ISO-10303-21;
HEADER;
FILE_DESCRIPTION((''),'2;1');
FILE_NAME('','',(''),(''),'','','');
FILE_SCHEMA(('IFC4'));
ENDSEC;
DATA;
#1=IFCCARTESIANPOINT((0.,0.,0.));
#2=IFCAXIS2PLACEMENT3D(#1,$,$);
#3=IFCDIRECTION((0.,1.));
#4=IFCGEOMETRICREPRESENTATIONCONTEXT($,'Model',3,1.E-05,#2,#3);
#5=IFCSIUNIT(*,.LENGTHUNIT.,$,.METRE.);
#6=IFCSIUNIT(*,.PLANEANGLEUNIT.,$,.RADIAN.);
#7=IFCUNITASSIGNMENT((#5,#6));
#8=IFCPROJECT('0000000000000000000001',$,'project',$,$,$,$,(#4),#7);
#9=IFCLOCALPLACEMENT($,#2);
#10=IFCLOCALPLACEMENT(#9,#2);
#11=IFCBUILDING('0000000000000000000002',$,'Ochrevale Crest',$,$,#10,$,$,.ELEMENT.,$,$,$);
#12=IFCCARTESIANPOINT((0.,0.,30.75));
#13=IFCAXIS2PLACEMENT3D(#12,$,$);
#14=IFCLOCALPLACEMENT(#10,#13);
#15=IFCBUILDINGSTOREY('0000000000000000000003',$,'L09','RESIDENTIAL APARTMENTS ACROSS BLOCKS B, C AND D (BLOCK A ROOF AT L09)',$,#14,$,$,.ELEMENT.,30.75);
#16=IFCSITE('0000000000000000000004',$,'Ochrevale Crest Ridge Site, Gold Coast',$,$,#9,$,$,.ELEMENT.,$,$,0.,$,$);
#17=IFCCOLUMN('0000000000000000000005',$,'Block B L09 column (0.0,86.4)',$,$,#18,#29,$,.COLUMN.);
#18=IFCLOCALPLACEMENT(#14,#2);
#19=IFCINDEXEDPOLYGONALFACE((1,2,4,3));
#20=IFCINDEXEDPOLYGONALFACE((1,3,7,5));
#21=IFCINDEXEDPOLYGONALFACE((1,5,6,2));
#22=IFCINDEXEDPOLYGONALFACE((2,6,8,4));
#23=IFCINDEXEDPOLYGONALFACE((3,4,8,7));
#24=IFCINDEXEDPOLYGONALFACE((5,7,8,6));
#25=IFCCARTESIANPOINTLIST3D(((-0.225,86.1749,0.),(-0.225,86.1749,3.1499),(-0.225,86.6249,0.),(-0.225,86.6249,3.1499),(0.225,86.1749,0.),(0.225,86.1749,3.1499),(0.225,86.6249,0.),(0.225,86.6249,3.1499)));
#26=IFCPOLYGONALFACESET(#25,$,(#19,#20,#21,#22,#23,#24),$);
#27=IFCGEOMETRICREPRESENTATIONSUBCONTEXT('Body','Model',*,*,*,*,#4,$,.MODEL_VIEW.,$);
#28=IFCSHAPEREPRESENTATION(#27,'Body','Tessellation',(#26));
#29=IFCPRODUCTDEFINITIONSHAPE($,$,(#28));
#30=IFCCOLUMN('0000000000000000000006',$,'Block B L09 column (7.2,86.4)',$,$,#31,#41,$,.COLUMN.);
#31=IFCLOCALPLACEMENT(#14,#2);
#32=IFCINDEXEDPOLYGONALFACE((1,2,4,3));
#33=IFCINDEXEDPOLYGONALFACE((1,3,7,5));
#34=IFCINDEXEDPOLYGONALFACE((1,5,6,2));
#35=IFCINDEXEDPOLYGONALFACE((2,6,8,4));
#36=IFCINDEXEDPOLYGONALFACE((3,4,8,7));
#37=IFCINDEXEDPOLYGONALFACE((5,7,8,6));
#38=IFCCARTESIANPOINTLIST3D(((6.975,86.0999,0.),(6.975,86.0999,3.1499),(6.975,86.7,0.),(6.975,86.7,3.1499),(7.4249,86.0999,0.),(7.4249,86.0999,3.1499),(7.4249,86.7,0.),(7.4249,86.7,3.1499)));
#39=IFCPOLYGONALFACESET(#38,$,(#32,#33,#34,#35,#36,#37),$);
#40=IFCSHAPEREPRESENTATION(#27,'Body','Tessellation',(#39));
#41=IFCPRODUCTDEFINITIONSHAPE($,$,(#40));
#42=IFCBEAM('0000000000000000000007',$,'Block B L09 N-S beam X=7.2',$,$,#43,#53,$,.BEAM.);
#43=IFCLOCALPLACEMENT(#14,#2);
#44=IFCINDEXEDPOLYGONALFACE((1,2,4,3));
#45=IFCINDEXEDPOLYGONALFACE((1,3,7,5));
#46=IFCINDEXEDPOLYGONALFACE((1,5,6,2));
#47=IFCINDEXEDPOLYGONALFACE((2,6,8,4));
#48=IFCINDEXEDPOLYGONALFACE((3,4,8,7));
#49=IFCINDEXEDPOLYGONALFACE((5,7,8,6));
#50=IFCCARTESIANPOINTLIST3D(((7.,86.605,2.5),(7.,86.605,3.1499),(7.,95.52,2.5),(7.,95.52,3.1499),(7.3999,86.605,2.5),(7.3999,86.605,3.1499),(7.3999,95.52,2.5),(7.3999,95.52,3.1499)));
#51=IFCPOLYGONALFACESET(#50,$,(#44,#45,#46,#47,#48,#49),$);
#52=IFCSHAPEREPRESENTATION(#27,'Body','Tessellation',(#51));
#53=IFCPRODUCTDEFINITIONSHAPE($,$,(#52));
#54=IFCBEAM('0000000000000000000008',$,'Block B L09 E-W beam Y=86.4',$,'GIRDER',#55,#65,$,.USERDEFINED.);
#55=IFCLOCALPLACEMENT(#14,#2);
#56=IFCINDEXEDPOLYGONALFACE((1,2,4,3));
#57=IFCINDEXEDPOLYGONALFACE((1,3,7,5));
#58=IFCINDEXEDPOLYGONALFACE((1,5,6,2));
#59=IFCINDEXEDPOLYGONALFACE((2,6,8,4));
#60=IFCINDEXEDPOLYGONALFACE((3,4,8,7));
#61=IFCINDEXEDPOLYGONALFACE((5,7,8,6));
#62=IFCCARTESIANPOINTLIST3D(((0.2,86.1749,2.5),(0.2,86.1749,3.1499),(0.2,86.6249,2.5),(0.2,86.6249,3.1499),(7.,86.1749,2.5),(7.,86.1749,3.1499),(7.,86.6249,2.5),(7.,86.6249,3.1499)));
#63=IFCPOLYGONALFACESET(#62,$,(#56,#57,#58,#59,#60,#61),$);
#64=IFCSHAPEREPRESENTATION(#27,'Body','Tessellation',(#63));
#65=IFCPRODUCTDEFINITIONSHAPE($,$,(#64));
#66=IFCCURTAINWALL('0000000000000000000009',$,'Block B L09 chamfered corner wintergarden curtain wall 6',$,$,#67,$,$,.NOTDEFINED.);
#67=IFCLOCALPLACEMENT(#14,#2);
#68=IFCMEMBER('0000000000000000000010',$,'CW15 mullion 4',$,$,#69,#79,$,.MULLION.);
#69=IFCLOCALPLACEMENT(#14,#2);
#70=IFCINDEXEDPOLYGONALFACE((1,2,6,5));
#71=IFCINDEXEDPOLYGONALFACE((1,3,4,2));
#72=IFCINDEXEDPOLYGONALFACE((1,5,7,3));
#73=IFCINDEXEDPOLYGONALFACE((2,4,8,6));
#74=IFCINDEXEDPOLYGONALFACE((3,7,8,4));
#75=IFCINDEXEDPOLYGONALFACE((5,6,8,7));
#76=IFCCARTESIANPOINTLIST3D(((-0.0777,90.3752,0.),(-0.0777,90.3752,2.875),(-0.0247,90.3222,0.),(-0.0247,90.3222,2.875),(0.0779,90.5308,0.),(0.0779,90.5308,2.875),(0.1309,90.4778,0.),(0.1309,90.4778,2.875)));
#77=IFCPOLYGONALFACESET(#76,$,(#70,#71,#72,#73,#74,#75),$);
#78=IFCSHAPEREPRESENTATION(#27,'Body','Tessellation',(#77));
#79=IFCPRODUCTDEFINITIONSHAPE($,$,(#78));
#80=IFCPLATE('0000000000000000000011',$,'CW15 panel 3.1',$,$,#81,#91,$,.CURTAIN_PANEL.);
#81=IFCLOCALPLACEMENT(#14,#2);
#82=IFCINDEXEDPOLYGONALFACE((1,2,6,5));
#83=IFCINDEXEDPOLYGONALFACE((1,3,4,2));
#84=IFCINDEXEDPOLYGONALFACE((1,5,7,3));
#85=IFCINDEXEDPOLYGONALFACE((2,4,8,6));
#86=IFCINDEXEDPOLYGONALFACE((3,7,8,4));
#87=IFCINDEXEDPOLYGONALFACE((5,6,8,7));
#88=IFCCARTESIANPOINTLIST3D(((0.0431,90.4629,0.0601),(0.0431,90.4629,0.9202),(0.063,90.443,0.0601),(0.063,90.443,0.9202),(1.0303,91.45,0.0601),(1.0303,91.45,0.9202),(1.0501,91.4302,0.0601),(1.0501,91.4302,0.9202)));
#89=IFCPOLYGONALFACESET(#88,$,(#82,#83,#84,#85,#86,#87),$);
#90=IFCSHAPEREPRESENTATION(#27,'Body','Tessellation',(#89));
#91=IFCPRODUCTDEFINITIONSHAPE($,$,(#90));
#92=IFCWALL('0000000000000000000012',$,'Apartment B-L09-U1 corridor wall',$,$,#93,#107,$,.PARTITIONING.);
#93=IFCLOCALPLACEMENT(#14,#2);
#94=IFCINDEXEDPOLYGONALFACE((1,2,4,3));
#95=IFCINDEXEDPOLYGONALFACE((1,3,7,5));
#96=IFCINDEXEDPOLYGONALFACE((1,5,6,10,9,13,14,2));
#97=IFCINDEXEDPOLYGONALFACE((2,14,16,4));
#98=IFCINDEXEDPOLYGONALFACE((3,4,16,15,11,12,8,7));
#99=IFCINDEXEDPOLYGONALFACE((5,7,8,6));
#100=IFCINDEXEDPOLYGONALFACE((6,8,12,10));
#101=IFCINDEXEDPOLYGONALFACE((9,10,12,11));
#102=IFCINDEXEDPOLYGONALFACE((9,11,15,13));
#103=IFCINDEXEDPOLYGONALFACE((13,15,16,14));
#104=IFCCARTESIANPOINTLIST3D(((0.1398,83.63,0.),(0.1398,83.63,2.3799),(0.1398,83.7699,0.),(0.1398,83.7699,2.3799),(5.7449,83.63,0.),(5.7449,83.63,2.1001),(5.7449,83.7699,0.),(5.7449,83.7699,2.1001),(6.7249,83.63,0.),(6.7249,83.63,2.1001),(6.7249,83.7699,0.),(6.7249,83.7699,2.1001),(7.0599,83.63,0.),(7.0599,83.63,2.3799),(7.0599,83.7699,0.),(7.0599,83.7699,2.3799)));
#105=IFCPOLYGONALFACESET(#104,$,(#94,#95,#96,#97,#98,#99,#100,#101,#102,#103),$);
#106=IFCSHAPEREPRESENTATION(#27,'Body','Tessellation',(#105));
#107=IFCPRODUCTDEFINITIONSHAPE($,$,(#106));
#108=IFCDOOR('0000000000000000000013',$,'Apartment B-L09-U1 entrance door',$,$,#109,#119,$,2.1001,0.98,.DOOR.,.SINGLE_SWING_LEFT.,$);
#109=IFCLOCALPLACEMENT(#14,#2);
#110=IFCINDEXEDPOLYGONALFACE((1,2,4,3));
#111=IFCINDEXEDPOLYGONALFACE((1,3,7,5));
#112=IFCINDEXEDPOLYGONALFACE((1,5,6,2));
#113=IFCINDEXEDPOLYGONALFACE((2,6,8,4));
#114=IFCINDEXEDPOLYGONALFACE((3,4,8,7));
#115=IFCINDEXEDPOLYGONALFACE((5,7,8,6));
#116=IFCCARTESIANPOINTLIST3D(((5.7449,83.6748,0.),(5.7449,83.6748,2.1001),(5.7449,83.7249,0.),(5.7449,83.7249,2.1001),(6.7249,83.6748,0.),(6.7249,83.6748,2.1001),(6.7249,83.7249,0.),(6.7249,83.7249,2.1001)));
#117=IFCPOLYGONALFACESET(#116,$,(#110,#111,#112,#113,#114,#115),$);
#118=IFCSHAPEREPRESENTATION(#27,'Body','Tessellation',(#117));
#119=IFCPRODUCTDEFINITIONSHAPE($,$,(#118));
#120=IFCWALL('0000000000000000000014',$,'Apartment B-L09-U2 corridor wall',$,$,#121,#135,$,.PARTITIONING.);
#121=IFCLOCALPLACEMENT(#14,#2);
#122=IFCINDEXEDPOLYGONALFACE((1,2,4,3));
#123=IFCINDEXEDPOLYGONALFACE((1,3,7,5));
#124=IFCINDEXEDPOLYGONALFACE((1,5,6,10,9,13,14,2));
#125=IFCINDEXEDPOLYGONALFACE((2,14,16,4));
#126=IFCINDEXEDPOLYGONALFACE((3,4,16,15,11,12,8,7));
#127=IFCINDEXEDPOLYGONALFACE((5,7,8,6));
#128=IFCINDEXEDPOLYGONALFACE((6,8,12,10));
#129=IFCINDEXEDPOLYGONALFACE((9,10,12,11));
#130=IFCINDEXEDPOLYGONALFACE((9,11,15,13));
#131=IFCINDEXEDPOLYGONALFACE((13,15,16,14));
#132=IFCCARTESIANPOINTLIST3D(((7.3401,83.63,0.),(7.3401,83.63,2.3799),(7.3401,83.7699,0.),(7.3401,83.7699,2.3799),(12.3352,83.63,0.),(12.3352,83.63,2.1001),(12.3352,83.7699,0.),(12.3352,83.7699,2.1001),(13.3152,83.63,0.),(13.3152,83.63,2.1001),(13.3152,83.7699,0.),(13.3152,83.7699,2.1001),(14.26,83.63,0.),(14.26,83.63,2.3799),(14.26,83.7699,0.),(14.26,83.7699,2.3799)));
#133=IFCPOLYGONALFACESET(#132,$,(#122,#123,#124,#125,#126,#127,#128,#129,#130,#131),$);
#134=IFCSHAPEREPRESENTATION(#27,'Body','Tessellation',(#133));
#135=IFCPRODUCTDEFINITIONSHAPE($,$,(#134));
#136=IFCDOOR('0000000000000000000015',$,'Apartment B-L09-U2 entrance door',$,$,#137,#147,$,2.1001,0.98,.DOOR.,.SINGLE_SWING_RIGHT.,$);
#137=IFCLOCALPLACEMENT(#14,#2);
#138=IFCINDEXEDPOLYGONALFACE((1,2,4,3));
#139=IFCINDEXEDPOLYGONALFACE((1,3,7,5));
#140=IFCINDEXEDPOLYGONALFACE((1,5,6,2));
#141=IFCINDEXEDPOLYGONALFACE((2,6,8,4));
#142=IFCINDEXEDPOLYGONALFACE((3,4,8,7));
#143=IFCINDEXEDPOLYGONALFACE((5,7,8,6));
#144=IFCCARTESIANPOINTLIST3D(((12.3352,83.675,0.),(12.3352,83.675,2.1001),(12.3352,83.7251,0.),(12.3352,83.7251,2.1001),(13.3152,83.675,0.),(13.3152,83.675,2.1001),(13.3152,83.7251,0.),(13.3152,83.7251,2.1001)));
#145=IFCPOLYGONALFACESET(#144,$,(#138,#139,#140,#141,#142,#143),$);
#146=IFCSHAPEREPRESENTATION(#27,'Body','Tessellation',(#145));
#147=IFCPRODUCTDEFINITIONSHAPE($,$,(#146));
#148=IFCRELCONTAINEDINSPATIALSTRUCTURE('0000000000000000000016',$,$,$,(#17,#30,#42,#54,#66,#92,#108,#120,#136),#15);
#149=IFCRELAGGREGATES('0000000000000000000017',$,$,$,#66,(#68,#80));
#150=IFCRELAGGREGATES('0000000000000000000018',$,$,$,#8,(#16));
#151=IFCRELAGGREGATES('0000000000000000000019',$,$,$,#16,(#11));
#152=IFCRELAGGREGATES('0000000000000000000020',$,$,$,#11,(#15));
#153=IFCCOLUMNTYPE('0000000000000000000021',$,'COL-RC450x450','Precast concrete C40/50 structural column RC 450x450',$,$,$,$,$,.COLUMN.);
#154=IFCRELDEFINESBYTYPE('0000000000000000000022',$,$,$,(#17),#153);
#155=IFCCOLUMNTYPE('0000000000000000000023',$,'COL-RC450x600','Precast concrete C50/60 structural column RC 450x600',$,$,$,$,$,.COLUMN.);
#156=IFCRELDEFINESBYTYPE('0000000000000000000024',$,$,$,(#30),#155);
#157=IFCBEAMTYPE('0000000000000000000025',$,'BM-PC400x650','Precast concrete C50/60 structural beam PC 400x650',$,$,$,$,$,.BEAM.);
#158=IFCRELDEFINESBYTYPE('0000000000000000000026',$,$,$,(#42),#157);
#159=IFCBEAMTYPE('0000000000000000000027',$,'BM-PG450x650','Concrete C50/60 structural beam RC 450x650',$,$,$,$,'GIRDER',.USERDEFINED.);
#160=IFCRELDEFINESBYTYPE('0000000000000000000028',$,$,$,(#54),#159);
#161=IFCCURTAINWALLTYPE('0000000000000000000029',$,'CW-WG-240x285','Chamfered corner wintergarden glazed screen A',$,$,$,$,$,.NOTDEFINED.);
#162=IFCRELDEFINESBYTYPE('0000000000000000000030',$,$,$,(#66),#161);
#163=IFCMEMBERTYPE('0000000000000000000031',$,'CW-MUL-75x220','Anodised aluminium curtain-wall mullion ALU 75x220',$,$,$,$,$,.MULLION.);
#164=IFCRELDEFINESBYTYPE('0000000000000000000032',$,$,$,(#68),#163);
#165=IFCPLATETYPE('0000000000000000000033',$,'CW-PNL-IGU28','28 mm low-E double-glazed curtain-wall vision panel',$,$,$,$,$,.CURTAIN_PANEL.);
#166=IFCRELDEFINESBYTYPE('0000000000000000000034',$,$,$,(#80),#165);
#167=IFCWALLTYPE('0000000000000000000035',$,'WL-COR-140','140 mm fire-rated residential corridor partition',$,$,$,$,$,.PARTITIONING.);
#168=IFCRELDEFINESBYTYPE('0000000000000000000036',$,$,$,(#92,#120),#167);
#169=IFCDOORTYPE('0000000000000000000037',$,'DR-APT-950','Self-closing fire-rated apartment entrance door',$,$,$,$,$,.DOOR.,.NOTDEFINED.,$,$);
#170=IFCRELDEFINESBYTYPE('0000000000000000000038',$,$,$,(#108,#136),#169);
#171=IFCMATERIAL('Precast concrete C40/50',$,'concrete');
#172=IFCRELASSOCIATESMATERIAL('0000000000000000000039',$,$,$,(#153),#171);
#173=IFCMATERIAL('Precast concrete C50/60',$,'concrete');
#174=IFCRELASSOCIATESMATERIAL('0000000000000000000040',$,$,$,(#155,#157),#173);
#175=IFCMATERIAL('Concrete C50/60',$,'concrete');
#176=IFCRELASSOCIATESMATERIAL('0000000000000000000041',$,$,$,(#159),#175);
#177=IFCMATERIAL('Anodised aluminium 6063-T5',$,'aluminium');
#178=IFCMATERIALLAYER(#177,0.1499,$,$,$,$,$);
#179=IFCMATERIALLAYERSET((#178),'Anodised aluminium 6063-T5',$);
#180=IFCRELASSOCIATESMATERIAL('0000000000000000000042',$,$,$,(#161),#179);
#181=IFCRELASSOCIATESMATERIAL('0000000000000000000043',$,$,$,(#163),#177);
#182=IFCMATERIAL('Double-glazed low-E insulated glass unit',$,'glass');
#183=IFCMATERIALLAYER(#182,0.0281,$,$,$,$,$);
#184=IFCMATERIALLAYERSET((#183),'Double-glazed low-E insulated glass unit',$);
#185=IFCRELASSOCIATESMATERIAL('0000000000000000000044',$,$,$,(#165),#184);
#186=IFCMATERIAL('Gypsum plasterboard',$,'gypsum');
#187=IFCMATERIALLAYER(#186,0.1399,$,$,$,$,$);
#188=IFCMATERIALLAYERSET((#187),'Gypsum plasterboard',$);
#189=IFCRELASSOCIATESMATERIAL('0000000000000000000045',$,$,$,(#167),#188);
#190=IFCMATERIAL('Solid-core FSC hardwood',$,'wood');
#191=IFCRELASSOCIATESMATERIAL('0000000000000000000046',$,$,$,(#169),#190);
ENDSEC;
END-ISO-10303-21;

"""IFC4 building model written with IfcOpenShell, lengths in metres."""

from ifc_helpers import new_model, si_unit, direction, frame, frame_2d, origin, origin_2d, place, context, subcontext, project, spatial, rectangle, extrude, material, layer, layer_set, material_profile, profile_set, type_object, element, fill, aggregate, save


model = new_model("IFC4")

# Units and contexts
model_context = context("Model", 3, precision=1e-05, world=origin(), true_north=direction((0.0, 1.0)))
body_context = subcontext(model_context, "Body", "Model", "MODEL_VIEW")
ifc_project = project(units=[si_unit("LENGTHUNIT", "METRE"), si_unit("PLANEANGLEUNIT", "RADIAN")], contexts=[model_context])

# Site, building, storey
site_placement = place(None, origin())
site = spatial("IfcSite", under=ifc_project, at=site_placement, Name="Ochrevale Crest Ridge Site, Gold Coast", CompositionType="ELEMENT", RefElevation=0.0)
building_placement = place(site_placement, origin())
building = spatial("IfcBuilding", under=site, at=building_placement, Name="Ochrevale Crest", CompositionType="ELEMENT")
storey_placement = place(building_placement, frame((0.0, 0.0, 30.75)))
storey = spatial("IfcBuildingStorey", under=building, at=storey_placement, Name="L09", Description="RESIDENTIAL APARTMENTS ACROSS BLOCKS B, C AND D (BLOCK A ROOF AT L09)", CompositionType="ELEMENT", Elevation=30.75)

# Columns
ifc_material_1 = material(Name="Precast concrete C40/50", Category="concrete")
ifc_material_profile_1 = material_profile(ifc_material_1, rectangle(XDim=0.45, YDim=0.45, at=origin_2d()), Name="RC 450x450")
ifc_profile_set_1 = profile_set([ifc_material_profile_1], Name="Precast concrete C40/50")
column_type_1 = type_object("IfcColumnType", Name="COL-RC450x450", Description="Precast concrete C40/50 structural column RC 450x450", PredefinedType="COLUMN", material=ifc_profile_set_1)
column_1_placement = place(storey_placement, frame((0.0, 86.3999, 0.0), z_axis=(0.0, 0.0, 1.0), x_axis=(1.0, 0.0, 0.0)))
element("IfcColumn", 1, at=column_1_placement, inside=storey, type_object=column_type_1, Name="Block B L09 column (0.0,86.4)", PredefinedType="COLUMN", context=body_context, shape_type="SweptSolid", body=[
    extrude(rectangle(XDim=0.45, YDim=0.45, at=origin_2d()), origin(), (0.0, 0.0, 1.0), 3.1499),
])
ifc_material_2 = material(Name="Precast concrete C50/60", Category="concrete")
ifc_material_profile_2 = material_profile(ifc_material_2, rectangle(XDim=0.45, YDim=0.6001, at=origin_2d()), Name="RC 450x600")
ifc_profile_set_2 = profile_set([ifc_material_profile_2], Name="Precast concrete C50/60")
column_type_2 = type_object("IfcColumnType", Name="COL-RC450x600", Description="Precast concrete C50/60 structural column RC 450x600", PredefinedType="COLUMN", material=ifc_profile_set_2)
column_2_placement = place(storey_placement, frame((7.2, 86.3999, 0.0), z_axis=(0.0, 0.0, 1.0), x_axis=(1.0, 0.0, 0.0)))
element("IfcColumn", 2, at=column_2_placement, inside=storey, type_object=column_type_2, Name="Block B L09 column (7.2,86.4)", PredefinedType="COLUMN", context=body_context, shape_type="SweptSolid", body=[
    extrude(rectangle(XDim=0.45, YDim=0.6001, at=origin_2d()), origin(), (0.0, 0.0, 1.0), 3.1499),
])

# Beams
ifc_material_profile_3 = material_profile(ifc_material_2, rectangle(XDim=0.3999, YDim=0.6499, at=origin_2d()), Name="PC 400x650")
ifc_profile_set_3 = profile_set([ifc_material_profile_3], Name="Precast concrete C50/60")
beam_type_1 = type_object("IfcBeamType", Name="BM-PC400x650", Description="Precast concrete C50/60 structural beam PC 400x650", PredefinedType="BEAM", material=ifc_profile_set_3)
beam_1_placement = place(storey_placement, frame((7.2, 86.605, 2.825), z_axis=(0.0, 1.0, 0.0), x_axis=(-1.0, 0.0, 0.0)))
element("IfcBeam", 3, at=beam_1_placement, inside=storey, type_object=beam_type_1, Name="Block B L09 N-S beam X=7.2", PredefinedType="BEAM", context=body_context, shape_type="SweptSolid", body=[
    extrude(rectangle(XDim=0.3999, YDim=0.6499, at=origin_2d()), origin(), (0.0, 0.0, 1.0), 8.915),
])
ifc_material_3 = material(Name="Concrete C50/60", Category="concrete")
ifc_material_profile_4 = material_profile(ifc_material_3, rectangle(XDim=0.45, YDim=0.6499, at=origin_2d()), Name="RC 450x650")
ifc_profile_set_4 = profile_set([ifc_material_profile_4], Name="Concrete C50/60")
beam_type_2 = type_object("IfcBeamType", Name="BM-PG450x650", Description="Concrete C50/60 structural beam RC 450x650", ElementType="GIRDER", PredefinedType="USERDEFINED", material=ifc_profile_set_4)
beam_2_placement = place(storey_placement, frame((0.2, 86.3999, 2.825), z_axis=(1.0, 0.0, 0.0), x_axis=(0.0, 1.0, 0.0)))
element("IfcBeam", 4, at=beam_2_placement, inside=storey, type_object=beam_type_2, Name="Block B L09 E-W beam Y=86.4", ObjectType="GIRDER", PredefinedType="USERDEFINED", context=body_context, shape_type="SweptSolid", body=[
    extrude(rectangle(XDim=0.45, YDim=0.6499, at=origin_2d()), origin(), (0.0, 0.0, 1.0), 6.8),
])

# Curtain wall, member, plate
ifc_material_4 = material(Name="Anodised aluminium 6063-T5", Category="aluminium")
ifc_layer_1 = layer(ifc_material_4, 0.1499)
ifc_layer_set_1 = layer_set([ifc_layer_1], Name="Anodised aluminium 6063-T5")
curtain_wall_type = type_object("IfcCurtainWallType", Name="CW-WG-240x285", Description="Chamfered corner wintergarden glazed screen A", PredefinedType="NOTDEFINED", material=ifc_layer_set_1)
curtain_wall_placement = place(storey_placement, origin())
curtain_wall = element("IfcCurtainWall", 5, at=curtain_wall_placement, inside=storey, type_object=curtain_wall_type, Name="Block B L09 chamfered corner wintergarden curtain wall 6", PredefinedType="NOTDEFINED")
ifc_material_profile_5 = material_profile(ifc_material_4, rectangle(XDim=0.075, YDim=0.22, at=origin_2d()), Name="ALU 75x220")
ifc_profile_set_5 = profile_set([ifc_material_profile_5], Name="Anodised aluminium 6063-T5")
member_type = type_object("IfcMemberType", Name="CW-MUL-75x220", Description="Anodised aluminium curtain-wall mullion ALU 75x220", PredefinedType="MULLION", material=ifc_profile_set_5)
member_placement = place(storey_placement, frame((0.0266, 90.4265, 0.0), z_axis=(0.0, 0.0, 1.0), x_axis=(0.707107, -0.707107, 0.0)))
member = element("IfcMember", 6, at=member_placement, type_object=member_type, Name="CW15 mullion 4", PredefinedType="MULLION", context=body_context, shape_type="SweptSolid", body=[
    extrude(rectangle(XDim=0.075, YDim=0.22, at=origin_2d()), origin(), (0.0, 0.0, 1.0), 2.875),
])
ifc_material_5 = material(Name="Double-glazed low-E insulated glass unit", Category="glass")
ifc_layer_2 = layer(ifc_material_5, 0.0281)
ifc_layer_set_2 = layer_set([ifc_layer_2], Name="Double-glazed low-E insulated glass unit")
plate_type = type_object("IfcPlateType", Name="CW-PNL-IGU28", Description="28 mm low-E double-glazed curtain-wall vision panel", PredefinedType="CURTAIN_PANEL", material=ifc_layer_set_2)
plate_placement = place(storey_placement, frame((0.5466, 90.9465, 0.0601), z_axis=(0.0, 0.0, 1.0), x_axis=(-0.707107, -0.707107, 0.0)))
plate = element("IfcPlate", 7, at=plate_placement, type_object=plate_type, Name="CW15 panel 3.1", PredefinedType="CURTAIN_PANEL", context=body_context, shape_type="SweptSolid", body=[
    extrude(rectangle(XDim=1.396, YDim=0.0281, at=origin_2d()), origin(), (0.0, 0.0, 1.0), 0.8601),
])
aggregate(curtain_wall, [member, plate])

# Walls, openings, doors
ifc_material_6 = material(Name="Gypsum plasterboard", Category="gypsum")
ifc_layer_3 = layer(ifc_material_6, 0.1399)
ifc_layer_set_3 = layer_set([ifc_layer_3], Name="Gypsum plasterboard")
wall_type_1 = type_object("IfcWallType", Name="WL-COR-140", Description="140 mm fire-rated residential corridor partition", PredefinedType="PARTITIONING", material=ifc_layer_set_3)
wall_1_placement = place(storey_placement, frame((0.1399, 83.7, 0.0), z_axis=(0.0, 0.0, 1.0), x_axis=(1.0, 0.0, 0.0)))
wall_1 = element("IfcWall", 8, at=wall_1_placement, inside=storey, type_object=wall_type_1, Name="Apartment B-L09-U1 corridor wall", PredefinedType="PARTITIONING", context=body_context, shape_type="SweptSolid", body=[
    extrude(rectangle(XDim=6.9202, YDim=0.1399, at=frame_2d((3.46, 0.0))), origin(), (0.0, 0.0, 1.0), 2.3799),
])
opening_1_placement = place(wall_1_placement, frame((5.605, 0.0, 0.0)))
opening_1 = element("IfcOpeningElement", 9, at=opening_1_placement, cuts=wall_1, PredefinedType="OPENING", context=body_context, shape_type="SweptSolid", body=[
    extrude(rectangle(XDim=0.98, YDim=2.1001, at=frame_2d((0.49, 1.05))), frame((0.0, 0.0801, 0.0), z_axis=(0.0, -1.0, 0.0), x_axis=(1.0, 0.0, 0.0)), (0.0, 0.0, 1.0), 0.1599),
])
ifc_material_7 = material(Name="Solid-core FSC hardwood", Category="wood")
door_type_1 = type_object("IfcDoorType", Name="DR-APT-950", Description="Self-closing fire-rated apartment entrance door", OperationType="NOTDEFINED", PredefinedType="DOOR", material=ifc_material_7)
door_1_placement = place(opening_1_placement, origin())
door_1 = element("IfcDoor", 10, at=door_1_placement, inside=storey, type_object=door_type_1, Name="Apartment B-L09-U1 entrance door", OperationType="SINGLE_SWING_LEFT", OverallHeight=2.1001, OverallWidth=0.98, PredefinedType="DOOR", context=body_context, shape_type="SweptSolid", body=[
    extrude(rectangle(XDim=0.98, YDim=2.1001, at=frame_2d((0.49, 1.05))), frame((0.0, 0.0249, 0.0), z_axis=(0.0, -1.0, 0.0), x_axis=(1.0, 0.0, 0.0)), (0.0, 0.0, 1.0), 0.05),
])
fill(opening_1, door_1)
wall_2_placement = place(storey_placement, frame((7.3401, 83.7, 0.0), z_axis=(0.0, 0.0, 1.0), x_axis=(1.0, 0.0, 0.0)))
wall_2 = element("IfcWall", 11, at=wall_2_placement, inside=storey, type_object=wall_type_1, Name="Apartment B-L09-U2 corridor wall", PredefinedType="PARTITIONING", context=body_context, shape_type="SweptSolid", body=[
    extrude(rectangle(XDim=6.9199, YDim=0.1399, at=frame_2d((3.46, 0.0))), origin(), (0.0, 0.0, 1.0), 2.3799),
])
opening_2_placement = place(wall_2_placement, frame((5.9751, 0.0, 0.0), z_axis=(0.0, 0.0, 1.0), x_axis=(-1.0, 0.0, 0.0)))
opening_2 = element("IfcOpeningElement", 12, at=opening_2_placement, cuts=wall_2, PredefinedType="OPENING", context=body_context, shape_type="SweptSolid", body=[
    extrude(rectangle(XDim=0.98, YDim=2.1001, at=frame_2d((0.49, 1.05))), frame((0.0, 0.0801, 0.0), z_axis=(0.0, -1.0, 0.0), x_axis=(1.0, 0.0, 0.0)), (0.0, 0.0, 1.0), 0.1599),
])
door_2_placement = place(opening_2_placement, origin())
door_2 = element("IfcDoor", 13, at=door_2_placement, inside=storey, type_object=door_type_1, Name="Apartment B-L09-U2 entrance door", OperationType="SINGLE_SWING_RIGHT", OverallHeight=2.1001, OverallWidth=0.98, PredefinedType="DOOR", context=body_context, shape_type="SweptSolid", body=[
    extrude(rectangle(XDim=0.98, YDim=2.1001, at=frame_2d((0.49, 1.05))), frame((0.0, 0.0249, 0.0), z_axis=(0.0, -1.0, 0.0), x_axis=(1.0, 0.0, 0.0)), (0.0, 0.0, 1.0), 0.05),
])
fill(opening_2, door_2)

save(model, "model.ifc")
